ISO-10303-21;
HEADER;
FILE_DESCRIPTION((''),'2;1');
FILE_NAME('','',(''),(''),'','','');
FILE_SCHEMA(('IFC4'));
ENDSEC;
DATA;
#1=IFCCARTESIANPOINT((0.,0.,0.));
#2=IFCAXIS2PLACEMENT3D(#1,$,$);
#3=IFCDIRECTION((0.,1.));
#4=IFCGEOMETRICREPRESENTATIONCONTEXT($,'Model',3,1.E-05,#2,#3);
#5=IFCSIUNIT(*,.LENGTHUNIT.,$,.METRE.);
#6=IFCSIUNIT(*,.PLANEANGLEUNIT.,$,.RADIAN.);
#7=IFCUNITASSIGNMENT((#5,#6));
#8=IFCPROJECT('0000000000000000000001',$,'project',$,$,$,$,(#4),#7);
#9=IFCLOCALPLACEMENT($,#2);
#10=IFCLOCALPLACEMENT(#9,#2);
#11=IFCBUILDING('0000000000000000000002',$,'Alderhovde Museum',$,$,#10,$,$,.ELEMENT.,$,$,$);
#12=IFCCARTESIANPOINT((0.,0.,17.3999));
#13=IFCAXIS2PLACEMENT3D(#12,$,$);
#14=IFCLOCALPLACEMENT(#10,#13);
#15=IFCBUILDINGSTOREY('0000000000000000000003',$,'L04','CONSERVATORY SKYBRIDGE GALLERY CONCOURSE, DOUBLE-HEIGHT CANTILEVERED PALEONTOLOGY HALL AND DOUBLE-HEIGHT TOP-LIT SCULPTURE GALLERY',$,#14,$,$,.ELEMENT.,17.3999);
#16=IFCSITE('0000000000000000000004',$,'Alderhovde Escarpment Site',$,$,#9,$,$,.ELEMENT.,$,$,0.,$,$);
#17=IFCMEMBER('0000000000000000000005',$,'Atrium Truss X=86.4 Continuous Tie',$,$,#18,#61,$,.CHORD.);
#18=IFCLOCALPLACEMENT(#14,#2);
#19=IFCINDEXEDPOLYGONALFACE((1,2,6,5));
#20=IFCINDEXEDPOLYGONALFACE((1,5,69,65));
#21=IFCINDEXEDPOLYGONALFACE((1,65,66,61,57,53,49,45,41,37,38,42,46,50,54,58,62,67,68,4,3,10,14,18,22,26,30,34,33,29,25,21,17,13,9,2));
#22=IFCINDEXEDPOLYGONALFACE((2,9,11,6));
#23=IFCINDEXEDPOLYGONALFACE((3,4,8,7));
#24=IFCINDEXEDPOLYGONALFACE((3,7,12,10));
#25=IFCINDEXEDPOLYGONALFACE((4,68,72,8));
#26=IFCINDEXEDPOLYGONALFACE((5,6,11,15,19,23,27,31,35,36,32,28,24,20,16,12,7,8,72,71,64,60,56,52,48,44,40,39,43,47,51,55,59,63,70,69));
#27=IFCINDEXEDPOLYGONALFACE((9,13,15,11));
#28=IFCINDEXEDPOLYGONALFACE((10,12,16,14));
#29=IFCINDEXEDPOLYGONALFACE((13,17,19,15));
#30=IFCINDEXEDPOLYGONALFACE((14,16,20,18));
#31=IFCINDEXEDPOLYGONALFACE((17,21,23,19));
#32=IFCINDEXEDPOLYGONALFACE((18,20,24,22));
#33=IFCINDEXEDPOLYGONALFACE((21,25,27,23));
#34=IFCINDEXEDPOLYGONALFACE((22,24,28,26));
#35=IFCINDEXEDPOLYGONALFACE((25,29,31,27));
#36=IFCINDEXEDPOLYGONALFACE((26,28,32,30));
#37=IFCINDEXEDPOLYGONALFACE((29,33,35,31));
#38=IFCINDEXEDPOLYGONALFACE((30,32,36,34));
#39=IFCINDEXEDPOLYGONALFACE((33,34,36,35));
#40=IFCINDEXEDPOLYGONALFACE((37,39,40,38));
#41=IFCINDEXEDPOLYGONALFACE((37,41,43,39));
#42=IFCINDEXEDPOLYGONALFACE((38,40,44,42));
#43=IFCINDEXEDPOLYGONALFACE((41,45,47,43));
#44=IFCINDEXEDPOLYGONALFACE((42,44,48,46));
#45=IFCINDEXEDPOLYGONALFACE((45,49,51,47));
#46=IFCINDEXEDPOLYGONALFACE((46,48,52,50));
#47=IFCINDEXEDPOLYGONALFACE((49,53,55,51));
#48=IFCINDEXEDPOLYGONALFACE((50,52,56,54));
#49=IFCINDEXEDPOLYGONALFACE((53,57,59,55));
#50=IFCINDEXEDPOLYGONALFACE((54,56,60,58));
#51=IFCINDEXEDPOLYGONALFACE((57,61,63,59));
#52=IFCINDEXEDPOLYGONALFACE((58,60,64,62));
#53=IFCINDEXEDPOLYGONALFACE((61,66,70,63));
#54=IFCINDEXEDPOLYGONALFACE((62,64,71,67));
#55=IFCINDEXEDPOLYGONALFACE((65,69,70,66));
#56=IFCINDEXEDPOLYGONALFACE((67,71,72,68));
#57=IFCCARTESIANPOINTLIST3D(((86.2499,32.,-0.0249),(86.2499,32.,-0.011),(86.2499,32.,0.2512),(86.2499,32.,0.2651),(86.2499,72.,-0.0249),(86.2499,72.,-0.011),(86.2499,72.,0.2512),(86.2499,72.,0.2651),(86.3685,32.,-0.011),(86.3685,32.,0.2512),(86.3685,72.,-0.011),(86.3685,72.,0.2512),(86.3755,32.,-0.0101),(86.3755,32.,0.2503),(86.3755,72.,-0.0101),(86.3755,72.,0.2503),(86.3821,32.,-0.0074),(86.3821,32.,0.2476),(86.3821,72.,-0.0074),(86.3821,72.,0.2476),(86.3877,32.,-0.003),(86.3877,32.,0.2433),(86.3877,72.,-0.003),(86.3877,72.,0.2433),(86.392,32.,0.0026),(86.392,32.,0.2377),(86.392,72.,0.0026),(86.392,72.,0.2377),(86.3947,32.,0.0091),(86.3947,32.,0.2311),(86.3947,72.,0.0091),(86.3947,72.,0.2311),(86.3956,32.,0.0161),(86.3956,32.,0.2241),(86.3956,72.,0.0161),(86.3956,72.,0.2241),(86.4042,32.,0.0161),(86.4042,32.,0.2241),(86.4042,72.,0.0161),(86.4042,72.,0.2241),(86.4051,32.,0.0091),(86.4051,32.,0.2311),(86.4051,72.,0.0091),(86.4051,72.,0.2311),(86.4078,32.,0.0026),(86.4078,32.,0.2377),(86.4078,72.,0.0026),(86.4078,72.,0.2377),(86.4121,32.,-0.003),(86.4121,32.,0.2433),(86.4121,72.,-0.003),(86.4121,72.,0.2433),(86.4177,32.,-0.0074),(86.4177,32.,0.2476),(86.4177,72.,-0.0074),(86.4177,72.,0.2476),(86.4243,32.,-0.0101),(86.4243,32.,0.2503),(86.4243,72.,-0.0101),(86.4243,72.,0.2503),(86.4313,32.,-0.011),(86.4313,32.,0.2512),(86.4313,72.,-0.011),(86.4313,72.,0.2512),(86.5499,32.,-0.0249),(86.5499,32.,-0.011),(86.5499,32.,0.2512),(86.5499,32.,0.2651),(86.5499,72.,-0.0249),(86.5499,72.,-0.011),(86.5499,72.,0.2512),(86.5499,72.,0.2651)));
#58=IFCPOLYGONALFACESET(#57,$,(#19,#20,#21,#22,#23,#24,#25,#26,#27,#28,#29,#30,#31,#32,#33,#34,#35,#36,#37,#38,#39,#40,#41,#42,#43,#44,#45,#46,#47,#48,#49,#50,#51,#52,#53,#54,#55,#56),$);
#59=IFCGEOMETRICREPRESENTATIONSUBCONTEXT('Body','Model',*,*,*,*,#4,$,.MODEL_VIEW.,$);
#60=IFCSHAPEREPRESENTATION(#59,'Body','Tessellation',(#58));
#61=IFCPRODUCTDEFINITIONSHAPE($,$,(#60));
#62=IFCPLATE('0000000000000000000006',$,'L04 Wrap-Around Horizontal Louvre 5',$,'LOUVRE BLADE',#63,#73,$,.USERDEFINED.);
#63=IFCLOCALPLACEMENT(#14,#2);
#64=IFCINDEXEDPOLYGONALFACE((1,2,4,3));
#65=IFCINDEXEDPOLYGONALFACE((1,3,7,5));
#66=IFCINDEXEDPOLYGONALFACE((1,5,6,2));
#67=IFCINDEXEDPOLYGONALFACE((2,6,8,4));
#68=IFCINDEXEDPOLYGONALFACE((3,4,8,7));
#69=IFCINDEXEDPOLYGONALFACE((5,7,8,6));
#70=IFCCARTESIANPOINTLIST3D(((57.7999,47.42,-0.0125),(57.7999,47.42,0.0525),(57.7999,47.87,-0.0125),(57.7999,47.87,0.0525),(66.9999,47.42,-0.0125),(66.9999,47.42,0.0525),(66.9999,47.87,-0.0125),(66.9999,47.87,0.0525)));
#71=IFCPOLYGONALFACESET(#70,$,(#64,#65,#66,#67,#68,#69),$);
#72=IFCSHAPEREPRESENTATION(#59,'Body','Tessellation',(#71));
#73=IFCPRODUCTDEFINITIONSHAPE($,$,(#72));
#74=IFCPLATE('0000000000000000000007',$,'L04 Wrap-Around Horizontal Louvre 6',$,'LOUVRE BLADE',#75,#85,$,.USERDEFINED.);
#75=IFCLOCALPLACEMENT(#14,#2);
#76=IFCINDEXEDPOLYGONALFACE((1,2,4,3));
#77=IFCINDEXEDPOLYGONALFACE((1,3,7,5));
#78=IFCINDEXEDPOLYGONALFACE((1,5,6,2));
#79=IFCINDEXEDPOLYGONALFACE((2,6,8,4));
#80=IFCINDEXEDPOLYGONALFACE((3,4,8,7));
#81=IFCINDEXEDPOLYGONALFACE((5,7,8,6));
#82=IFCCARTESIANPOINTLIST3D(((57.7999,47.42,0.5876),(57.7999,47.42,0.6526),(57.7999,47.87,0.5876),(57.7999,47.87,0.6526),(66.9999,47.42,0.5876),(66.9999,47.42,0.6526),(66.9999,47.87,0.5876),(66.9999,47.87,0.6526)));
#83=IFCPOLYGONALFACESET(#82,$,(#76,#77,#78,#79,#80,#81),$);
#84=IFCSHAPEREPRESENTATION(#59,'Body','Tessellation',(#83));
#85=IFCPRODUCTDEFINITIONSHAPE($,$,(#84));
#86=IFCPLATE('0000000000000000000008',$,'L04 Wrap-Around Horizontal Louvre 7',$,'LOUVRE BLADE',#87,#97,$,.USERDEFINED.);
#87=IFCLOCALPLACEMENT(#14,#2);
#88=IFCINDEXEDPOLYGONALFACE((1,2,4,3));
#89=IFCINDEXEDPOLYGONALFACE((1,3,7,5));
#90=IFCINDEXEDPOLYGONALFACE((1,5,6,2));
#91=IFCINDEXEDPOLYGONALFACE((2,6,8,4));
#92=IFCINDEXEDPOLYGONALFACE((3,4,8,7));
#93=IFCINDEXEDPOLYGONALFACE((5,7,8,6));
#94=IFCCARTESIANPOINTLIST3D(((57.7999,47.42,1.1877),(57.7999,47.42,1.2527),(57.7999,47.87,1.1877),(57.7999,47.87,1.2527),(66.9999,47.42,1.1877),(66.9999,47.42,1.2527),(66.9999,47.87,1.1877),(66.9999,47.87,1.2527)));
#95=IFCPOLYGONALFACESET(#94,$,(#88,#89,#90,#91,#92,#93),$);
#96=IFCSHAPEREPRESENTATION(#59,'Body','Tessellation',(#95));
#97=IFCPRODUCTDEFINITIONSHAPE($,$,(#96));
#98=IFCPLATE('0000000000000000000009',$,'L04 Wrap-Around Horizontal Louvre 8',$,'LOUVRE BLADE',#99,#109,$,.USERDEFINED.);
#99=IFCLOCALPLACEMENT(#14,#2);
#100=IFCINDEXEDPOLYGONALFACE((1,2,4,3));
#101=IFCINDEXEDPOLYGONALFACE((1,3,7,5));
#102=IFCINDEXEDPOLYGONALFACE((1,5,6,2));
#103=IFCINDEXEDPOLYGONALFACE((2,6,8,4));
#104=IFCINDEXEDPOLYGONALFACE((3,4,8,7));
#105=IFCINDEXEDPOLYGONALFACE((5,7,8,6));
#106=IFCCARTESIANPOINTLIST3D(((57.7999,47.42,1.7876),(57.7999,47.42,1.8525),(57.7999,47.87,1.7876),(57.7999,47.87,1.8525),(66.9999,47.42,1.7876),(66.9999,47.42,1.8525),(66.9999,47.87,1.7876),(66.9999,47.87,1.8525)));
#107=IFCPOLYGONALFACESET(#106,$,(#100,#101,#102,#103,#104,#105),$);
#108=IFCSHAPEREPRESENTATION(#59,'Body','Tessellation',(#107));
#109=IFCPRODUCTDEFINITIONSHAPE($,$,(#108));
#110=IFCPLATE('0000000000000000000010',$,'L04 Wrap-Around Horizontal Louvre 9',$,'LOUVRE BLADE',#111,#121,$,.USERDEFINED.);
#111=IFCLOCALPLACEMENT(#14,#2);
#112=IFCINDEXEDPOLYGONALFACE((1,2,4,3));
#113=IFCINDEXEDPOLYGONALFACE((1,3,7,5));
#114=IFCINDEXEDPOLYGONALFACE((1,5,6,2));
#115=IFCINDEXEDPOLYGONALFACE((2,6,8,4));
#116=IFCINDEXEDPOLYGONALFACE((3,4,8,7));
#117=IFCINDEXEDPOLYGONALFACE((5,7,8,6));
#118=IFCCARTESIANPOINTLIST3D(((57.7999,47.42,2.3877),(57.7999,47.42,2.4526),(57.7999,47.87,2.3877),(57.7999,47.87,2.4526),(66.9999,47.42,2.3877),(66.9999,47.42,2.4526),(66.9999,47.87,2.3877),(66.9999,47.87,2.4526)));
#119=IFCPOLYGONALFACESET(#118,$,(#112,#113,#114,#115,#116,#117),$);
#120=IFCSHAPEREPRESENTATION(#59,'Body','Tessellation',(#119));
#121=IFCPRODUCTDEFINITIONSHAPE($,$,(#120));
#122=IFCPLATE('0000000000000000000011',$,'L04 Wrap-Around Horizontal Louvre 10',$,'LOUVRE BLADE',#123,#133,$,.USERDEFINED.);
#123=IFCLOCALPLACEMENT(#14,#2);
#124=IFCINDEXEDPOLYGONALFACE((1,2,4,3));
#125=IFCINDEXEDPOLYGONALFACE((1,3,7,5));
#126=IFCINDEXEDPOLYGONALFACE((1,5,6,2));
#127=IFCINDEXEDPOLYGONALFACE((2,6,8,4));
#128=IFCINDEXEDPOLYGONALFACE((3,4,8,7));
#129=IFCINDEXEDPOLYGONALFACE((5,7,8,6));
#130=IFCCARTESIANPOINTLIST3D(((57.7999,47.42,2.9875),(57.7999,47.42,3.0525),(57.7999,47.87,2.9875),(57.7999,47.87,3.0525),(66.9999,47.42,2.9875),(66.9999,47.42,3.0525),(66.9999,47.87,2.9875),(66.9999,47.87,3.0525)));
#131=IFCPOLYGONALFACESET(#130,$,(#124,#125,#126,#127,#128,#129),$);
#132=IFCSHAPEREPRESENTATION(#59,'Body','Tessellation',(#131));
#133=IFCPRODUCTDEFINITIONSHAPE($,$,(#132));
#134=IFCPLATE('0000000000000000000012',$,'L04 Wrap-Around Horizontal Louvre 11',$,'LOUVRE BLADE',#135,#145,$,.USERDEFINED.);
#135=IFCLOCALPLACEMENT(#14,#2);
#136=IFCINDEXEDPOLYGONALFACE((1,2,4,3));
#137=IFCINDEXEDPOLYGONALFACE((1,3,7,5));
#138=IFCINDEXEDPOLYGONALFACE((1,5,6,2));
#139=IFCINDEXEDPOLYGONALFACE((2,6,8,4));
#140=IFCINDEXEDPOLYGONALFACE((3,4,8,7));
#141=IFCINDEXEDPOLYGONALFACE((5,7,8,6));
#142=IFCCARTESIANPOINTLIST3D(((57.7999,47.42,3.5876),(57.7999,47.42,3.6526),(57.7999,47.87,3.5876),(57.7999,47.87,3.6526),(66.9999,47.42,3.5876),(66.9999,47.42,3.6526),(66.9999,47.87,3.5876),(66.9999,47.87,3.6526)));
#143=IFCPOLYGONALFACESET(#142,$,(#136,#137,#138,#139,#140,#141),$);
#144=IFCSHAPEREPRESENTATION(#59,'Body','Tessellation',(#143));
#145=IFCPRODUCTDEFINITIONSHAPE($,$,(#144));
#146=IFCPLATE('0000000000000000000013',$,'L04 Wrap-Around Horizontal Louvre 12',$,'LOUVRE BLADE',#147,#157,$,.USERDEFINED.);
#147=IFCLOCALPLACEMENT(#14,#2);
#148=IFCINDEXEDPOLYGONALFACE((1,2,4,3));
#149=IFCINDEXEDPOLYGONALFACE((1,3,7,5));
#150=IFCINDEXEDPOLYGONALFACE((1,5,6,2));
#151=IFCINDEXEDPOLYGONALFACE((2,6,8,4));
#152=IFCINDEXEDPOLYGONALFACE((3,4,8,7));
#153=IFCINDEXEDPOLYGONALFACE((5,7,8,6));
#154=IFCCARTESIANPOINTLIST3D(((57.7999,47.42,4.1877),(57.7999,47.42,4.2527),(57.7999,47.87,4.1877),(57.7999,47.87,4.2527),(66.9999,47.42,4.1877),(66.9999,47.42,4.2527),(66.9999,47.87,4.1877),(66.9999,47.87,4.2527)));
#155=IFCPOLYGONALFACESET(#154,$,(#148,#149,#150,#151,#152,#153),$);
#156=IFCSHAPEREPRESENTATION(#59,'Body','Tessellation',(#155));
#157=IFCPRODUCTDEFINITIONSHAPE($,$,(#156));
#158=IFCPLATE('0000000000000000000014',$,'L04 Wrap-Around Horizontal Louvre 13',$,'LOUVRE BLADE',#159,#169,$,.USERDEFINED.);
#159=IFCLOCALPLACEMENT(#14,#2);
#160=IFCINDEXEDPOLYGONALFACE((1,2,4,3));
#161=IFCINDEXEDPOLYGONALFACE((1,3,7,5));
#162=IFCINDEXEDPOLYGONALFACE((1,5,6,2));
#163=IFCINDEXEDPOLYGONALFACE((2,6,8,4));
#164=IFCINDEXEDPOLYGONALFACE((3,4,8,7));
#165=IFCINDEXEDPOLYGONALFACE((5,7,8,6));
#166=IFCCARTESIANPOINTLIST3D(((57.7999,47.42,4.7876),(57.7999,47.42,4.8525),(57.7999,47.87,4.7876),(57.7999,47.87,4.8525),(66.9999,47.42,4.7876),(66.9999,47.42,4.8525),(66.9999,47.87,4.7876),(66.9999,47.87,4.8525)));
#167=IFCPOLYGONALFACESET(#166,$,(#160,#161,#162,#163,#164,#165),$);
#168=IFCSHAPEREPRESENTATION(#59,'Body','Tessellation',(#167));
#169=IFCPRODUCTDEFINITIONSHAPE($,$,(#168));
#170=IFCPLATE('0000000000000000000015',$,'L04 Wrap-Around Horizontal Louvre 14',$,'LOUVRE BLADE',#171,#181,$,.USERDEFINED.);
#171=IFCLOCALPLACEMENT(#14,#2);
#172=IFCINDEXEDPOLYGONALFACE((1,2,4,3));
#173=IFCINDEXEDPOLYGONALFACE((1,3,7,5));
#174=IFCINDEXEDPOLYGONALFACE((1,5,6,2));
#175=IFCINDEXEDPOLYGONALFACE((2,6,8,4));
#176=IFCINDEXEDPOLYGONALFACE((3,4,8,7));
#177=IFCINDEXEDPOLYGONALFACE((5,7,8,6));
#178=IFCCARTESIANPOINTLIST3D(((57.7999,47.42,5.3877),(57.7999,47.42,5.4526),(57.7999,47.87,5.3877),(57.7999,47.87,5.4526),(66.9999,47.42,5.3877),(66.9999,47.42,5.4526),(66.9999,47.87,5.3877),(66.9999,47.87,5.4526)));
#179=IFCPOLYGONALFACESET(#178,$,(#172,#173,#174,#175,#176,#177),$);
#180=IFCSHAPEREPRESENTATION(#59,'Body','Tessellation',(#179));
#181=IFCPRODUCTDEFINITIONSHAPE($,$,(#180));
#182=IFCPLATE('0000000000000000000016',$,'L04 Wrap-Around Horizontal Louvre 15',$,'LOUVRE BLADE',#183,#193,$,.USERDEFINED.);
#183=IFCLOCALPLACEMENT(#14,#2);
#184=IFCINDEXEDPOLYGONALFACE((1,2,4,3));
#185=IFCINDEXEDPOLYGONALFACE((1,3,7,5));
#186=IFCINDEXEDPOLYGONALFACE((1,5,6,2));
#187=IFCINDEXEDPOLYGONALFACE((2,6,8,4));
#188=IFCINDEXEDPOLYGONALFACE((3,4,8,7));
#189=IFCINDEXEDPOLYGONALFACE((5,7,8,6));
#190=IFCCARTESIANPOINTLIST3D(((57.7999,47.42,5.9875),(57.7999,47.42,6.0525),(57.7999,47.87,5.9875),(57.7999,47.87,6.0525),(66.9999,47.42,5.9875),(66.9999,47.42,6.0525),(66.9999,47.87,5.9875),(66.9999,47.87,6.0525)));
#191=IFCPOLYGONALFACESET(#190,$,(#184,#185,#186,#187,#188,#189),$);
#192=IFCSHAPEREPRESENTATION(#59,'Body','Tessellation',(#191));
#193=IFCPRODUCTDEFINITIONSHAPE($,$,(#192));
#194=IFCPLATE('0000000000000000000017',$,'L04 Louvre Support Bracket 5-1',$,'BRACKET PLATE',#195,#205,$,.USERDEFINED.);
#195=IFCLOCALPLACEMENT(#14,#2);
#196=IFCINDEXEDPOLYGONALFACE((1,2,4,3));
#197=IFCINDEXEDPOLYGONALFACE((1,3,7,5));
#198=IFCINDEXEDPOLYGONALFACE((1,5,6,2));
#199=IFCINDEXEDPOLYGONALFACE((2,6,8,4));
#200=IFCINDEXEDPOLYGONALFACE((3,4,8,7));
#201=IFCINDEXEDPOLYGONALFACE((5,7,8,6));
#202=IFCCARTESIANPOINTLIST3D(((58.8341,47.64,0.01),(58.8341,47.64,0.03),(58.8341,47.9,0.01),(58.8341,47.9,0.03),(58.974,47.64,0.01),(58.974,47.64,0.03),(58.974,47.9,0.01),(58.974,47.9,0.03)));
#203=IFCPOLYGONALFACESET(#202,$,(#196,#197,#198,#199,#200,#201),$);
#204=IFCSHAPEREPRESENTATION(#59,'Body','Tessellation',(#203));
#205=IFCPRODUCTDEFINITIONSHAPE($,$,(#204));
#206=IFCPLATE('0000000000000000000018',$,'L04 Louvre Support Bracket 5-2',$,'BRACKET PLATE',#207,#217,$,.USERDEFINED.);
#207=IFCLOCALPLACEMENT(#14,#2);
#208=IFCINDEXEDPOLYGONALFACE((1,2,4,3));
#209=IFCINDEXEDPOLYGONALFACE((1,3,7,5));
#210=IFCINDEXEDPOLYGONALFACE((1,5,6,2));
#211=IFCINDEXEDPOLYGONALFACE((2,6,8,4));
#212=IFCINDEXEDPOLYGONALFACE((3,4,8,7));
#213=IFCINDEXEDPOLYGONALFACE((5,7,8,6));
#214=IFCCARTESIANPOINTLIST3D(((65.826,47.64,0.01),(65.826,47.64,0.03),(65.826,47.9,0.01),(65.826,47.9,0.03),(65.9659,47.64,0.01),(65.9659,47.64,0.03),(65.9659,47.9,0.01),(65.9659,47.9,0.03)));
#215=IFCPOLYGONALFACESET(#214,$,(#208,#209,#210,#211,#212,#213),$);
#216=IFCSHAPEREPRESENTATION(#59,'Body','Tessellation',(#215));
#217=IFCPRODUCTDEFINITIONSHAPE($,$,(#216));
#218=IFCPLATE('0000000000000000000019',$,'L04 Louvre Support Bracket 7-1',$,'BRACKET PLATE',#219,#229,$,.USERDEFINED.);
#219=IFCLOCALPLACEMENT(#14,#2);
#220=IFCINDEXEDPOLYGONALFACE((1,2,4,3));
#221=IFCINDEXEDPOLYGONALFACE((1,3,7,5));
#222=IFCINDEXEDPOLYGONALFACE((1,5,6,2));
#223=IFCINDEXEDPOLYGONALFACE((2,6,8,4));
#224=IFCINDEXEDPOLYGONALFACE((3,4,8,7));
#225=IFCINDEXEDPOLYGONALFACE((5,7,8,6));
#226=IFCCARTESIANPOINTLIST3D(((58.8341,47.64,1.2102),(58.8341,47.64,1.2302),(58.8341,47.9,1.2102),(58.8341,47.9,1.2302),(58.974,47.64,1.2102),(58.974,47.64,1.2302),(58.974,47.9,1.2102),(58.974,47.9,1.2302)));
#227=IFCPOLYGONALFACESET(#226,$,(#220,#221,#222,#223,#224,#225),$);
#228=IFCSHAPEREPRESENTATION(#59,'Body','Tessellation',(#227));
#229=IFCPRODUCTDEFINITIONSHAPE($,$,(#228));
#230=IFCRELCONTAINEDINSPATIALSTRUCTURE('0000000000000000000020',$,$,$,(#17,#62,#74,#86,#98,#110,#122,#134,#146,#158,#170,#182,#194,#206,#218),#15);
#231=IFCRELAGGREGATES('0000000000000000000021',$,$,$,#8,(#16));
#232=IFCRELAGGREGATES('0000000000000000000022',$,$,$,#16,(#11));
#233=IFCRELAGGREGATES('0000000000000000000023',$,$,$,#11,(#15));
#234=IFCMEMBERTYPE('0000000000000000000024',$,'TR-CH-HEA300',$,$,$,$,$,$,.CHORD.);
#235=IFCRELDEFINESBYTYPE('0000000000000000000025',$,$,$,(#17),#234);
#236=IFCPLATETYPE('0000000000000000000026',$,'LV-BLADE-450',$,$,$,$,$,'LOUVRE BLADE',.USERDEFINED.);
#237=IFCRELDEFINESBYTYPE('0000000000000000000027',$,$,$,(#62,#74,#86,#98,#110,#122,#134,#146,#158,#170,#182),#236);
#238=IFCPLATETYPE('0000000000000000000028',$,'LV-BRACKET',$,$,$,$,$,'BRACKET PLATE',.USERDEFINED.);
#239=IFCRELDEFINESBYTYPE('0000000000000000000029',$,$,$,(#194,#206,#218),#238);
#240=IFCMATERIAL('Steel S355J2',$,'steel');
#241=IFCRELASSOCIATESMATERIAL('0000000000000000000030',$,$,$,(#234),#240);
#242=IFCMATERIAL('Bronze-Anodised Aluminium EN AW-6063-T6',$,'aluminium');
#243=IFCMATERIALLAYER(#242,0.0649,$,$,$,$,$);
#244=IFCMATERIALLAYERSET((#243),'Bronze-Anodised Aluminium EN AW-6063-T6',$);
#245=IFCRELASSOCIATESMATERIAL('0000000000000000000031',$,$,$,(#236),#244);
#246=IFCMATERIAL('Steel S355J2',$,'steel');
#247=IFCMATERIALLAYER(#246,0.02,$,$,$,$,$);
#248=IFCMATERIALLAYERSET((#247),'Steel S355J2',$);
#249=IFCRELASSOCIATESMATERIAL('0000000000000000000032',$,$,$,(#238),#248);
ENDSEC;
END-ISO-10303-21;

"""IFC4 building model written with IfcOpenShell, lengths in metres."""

from ifc_helpers import new_model, si_unit, direction, frame, origin, origin_2d, place, context, subcontext, project, spatial, rectangle, i_section, extrude, material, layer, layer_set, material_profile, profile_set, type_object, element, save


model = new_model("IFC4")

# Units and contexts
model_context = context("Model", 3, precision=1e-05, world=origin(), true_north=direction((0.0, 1.0)))
body_context = subcontext(model_context, "Body", "Model", "MODEL_VIEW")
ifc_project = project(units=[si_unit("LENGTHUNIT", "METRE"), si_unit("PLANEANGLEUNIT", "RADIAN")], contexts=[model_context])

# Site, building, storey
site_placement = place(None, origin())
site = spatial("IfcSite", under=ifc_project, at=site_placement, Name="Alderhovde Escarpment Site", CompositionType="ELEMENT", RefElevation=0.0)
building_placement = place(site_placement, origin())
building = spatial("IfcBuilding", under=site, at=building_placement, Name="Alderhovde Museum", CompositionType="ELEMENT")
storey_placement = place(building_placement, frame((0.0, 0.0, 17.3999)))
storey = spatial("IfcBuildingStorey", under=building, at=storey_placement, Name="L04", Description="CONSERVATORY SKYBRIDGE GALLERY CONCOURSE, DOUBLE-HEIGHT CANTILEVERED PALEONTOLOGY HALL AND DOUBLE-HEIGHT TOP-LIT SCULPTURE GALLERY", CompositionType="ELEMENT", Elevation=17.3999)

# Member
ifc_material_1 = material(Name="Steel S355J2", Category="steel")
ifc_material_profile_1 = material_profile(ifc_material_1, i_section(OverallWidth=0.3, OverallDepth=0.29, WebThickness=0.0085, FlangeThickness=0.0139, FilletRadius=0.0271, at=origin_2d()), Name="HEA 300")
ifc_profile_set_1 = profile_set([ifc_material_profile_1], Name="Steel S355J2")
member_type_1 = type_object("IfcMemberType", Name="TR-CH-HEA300", PredefinedType="CHORD", material=ifc_profile_set_1)
for number, where, z_axis, x_axis, name in (
    (1, (86.3999, 32.0, 0.1201), (0.0, 1.0, 0.0), (-1.0, 0.0, 0.0), "Atrium Truss X=86.4 Continuous Tie"),
):
    element("IfcMember", number, at=place(storey_placement, frame(where, z_axis=z_axis, x_axis=x_axis)), inside=storey, type_object=member_type_1, Name=name, PredefinedType="CHORD", context=body_context, shape_type="SweptSolid", body=[
        extrude(i_section(OverallWidth=0.3, OverallDepth=0.29, WebThickness=0.0085, FlangeThickness=0.0139, FilletRadius=0.0271, at=origin_2d()), origin(), (0.0, 0.0, 1.0), 40.0),
    ])

# Plates
ifc_material_2 = material(Name="Bronze-Anodised Aluminium EN AW-6063-T6", Category="aluminium")
ifc_layer_1 = layer(ifc_material_2, 0.0649)
ifc_layer_set_1 = layer_set([ifc_layer_1], Name="Bronze-Anodised Aluminium EN AW-6063-T6")
plate_type_1 = type_object("IfcPlateType", Name="LV-BLADE-450", ElementType="LOUVRE BLADE", PredefinedType="USERDEFINED", material=ifc_layer_set_1)
for number, where, z_axis, x_axis, name in (
    (2, (62.3999, 47.645, -0.0125), (0.0, 0.0, 1.0), (1.0, 0.0, 0.0), "L04 Wrap-Around Horizontal Louvre 5"),
    (3, (62.3999, 47.645, 0.5876), (0.0, 0.0, 1.0), (1.0, 0.0, 0.0), "L04 Wrap-Around Horizontal Louvre 6"),
    (4, (62.3999, 47.645, 1.1877), (0.0, 0.0, 1.0), (1.0, 0.0, 0.0), "L04 Wrap-Around Horizontal Louvre 7"),
    (5, (62.3999, 47.645, 1.7876), (0.0, 0.0, 1.0), (1.0, 0.0, 0.0), "L04 Wrap-Around Horizontal Louvre 8"),
    (6, (62.3999, 47.645, 2.3877), (0.0, 0.0, 1.0), (1.0, 0.0, 0.0), "L04 Wrap-Around Horizontal Louvre 9"),
    (7, (62.3999, 47.645, 2.9875), (0.0, 0.0, 1.0), (1.0, 0.0, 0.0), "L04 Wrap-Around Horizontal Louvre 10"),
    (8, (62.3999, 47.645, 3.5876), (0.0, 0.0, 1.0), (1.0, 0.0, 0.0), "L04 Wrap-Around Horizontal Louvre 11"),
    (9, (62.3999, 47.645, 4.1877), (0.0, 0.0, 1.0), (1.0, 0.0, 0.0), "L04 Wrap-Around Horizontal Louvre 12"),
    (10, (62.3999, 47.645, 4.7876), (0.0, 0.0, 1.0), (1.0, 0.0, 0.0), "L04 Wrap-Around Horizontal Louvre 13"),
    (11, (62.3999, 47.645, 5.3877), (0.0, 0.0, 1.0), (1.0, 0.0, 0.0), "L04 Wrap-Around Horizontal Louvre 14"),
    (12, (62.3999, 47.645, 5.9875), (0.0, 0.0, 1.0), (1.0, 0.0, 0.0), "L04 Wrap-Around Horizontal Louvre 15"),
):
    element("IfcPlate", number, at=place(storey_placement, frame(where, z_axis=z_axis, x_axis=x_axis)), inside=storey, type_object=plate_type_1, Name=name, ObjectType="LOUVRE BLADE", PredefinedType="USERDEFINED", context=body_context, shape_type="SweptSolid", body=[
        extrude(rectangle(XDim=9.2, YDim=0.45, at=origin_2d()), origin(), (0.0, 0.0, 1.0), 0.0649),
    ])
ifc_material_3 = material(Name="Steel S355J2", Category="steel")
ifc_layer_2 = layer(ifc_material_3, 0.02)
ifc_layer_set_2 = layer_set([ifc_layer_2], Name="Steel S355J2")
plate_type_2 = type_object("IfcPlateType", Name="LV-BRACKET", ElementType="BRACKET PLATE", PredefinedType="USERDEFINED", material=ifc_layer_set_2)
for number, where, z_axis, x_axis, name in (
    (13, (58.9041, 47.77, 0.01), (0.0, 0.0, 1.0), (1.0, 0.0, 0.0), "L04 Louvre Support Bracket 5-1"),
    (14, (65.896, 47.77, 0.01), (0.0, 0.0, 1.0), (1.0, 0.0, 0.0), "L04 Louvre Support Bracket 5-2"),
    (15, (58.9041, 47.77, 1.2102), (0.0, 0.0, 1.0), (1.0, 0.0, 0.0), "L04 Louvre Support Bracket 7-1"),
):
    element("IfcPlate", number, at=place(storey_placement, frame(where, z_axis=z_axis, x_axis=x_axis)), inside=storey, type_object=plate_type_2, Name=name, ObjectType="BRACKET PLATE", PredefinedType="USERDEFINED", context=body_context, shape_type="SweptSolid", body=[
        extrude(rectangle(XDim=0.1399, YDim=0.26, at=origin_2d()), origin(), (0.0, 0.0, 1.0), 0.02),
    ])

save(model, "model.ifc")
